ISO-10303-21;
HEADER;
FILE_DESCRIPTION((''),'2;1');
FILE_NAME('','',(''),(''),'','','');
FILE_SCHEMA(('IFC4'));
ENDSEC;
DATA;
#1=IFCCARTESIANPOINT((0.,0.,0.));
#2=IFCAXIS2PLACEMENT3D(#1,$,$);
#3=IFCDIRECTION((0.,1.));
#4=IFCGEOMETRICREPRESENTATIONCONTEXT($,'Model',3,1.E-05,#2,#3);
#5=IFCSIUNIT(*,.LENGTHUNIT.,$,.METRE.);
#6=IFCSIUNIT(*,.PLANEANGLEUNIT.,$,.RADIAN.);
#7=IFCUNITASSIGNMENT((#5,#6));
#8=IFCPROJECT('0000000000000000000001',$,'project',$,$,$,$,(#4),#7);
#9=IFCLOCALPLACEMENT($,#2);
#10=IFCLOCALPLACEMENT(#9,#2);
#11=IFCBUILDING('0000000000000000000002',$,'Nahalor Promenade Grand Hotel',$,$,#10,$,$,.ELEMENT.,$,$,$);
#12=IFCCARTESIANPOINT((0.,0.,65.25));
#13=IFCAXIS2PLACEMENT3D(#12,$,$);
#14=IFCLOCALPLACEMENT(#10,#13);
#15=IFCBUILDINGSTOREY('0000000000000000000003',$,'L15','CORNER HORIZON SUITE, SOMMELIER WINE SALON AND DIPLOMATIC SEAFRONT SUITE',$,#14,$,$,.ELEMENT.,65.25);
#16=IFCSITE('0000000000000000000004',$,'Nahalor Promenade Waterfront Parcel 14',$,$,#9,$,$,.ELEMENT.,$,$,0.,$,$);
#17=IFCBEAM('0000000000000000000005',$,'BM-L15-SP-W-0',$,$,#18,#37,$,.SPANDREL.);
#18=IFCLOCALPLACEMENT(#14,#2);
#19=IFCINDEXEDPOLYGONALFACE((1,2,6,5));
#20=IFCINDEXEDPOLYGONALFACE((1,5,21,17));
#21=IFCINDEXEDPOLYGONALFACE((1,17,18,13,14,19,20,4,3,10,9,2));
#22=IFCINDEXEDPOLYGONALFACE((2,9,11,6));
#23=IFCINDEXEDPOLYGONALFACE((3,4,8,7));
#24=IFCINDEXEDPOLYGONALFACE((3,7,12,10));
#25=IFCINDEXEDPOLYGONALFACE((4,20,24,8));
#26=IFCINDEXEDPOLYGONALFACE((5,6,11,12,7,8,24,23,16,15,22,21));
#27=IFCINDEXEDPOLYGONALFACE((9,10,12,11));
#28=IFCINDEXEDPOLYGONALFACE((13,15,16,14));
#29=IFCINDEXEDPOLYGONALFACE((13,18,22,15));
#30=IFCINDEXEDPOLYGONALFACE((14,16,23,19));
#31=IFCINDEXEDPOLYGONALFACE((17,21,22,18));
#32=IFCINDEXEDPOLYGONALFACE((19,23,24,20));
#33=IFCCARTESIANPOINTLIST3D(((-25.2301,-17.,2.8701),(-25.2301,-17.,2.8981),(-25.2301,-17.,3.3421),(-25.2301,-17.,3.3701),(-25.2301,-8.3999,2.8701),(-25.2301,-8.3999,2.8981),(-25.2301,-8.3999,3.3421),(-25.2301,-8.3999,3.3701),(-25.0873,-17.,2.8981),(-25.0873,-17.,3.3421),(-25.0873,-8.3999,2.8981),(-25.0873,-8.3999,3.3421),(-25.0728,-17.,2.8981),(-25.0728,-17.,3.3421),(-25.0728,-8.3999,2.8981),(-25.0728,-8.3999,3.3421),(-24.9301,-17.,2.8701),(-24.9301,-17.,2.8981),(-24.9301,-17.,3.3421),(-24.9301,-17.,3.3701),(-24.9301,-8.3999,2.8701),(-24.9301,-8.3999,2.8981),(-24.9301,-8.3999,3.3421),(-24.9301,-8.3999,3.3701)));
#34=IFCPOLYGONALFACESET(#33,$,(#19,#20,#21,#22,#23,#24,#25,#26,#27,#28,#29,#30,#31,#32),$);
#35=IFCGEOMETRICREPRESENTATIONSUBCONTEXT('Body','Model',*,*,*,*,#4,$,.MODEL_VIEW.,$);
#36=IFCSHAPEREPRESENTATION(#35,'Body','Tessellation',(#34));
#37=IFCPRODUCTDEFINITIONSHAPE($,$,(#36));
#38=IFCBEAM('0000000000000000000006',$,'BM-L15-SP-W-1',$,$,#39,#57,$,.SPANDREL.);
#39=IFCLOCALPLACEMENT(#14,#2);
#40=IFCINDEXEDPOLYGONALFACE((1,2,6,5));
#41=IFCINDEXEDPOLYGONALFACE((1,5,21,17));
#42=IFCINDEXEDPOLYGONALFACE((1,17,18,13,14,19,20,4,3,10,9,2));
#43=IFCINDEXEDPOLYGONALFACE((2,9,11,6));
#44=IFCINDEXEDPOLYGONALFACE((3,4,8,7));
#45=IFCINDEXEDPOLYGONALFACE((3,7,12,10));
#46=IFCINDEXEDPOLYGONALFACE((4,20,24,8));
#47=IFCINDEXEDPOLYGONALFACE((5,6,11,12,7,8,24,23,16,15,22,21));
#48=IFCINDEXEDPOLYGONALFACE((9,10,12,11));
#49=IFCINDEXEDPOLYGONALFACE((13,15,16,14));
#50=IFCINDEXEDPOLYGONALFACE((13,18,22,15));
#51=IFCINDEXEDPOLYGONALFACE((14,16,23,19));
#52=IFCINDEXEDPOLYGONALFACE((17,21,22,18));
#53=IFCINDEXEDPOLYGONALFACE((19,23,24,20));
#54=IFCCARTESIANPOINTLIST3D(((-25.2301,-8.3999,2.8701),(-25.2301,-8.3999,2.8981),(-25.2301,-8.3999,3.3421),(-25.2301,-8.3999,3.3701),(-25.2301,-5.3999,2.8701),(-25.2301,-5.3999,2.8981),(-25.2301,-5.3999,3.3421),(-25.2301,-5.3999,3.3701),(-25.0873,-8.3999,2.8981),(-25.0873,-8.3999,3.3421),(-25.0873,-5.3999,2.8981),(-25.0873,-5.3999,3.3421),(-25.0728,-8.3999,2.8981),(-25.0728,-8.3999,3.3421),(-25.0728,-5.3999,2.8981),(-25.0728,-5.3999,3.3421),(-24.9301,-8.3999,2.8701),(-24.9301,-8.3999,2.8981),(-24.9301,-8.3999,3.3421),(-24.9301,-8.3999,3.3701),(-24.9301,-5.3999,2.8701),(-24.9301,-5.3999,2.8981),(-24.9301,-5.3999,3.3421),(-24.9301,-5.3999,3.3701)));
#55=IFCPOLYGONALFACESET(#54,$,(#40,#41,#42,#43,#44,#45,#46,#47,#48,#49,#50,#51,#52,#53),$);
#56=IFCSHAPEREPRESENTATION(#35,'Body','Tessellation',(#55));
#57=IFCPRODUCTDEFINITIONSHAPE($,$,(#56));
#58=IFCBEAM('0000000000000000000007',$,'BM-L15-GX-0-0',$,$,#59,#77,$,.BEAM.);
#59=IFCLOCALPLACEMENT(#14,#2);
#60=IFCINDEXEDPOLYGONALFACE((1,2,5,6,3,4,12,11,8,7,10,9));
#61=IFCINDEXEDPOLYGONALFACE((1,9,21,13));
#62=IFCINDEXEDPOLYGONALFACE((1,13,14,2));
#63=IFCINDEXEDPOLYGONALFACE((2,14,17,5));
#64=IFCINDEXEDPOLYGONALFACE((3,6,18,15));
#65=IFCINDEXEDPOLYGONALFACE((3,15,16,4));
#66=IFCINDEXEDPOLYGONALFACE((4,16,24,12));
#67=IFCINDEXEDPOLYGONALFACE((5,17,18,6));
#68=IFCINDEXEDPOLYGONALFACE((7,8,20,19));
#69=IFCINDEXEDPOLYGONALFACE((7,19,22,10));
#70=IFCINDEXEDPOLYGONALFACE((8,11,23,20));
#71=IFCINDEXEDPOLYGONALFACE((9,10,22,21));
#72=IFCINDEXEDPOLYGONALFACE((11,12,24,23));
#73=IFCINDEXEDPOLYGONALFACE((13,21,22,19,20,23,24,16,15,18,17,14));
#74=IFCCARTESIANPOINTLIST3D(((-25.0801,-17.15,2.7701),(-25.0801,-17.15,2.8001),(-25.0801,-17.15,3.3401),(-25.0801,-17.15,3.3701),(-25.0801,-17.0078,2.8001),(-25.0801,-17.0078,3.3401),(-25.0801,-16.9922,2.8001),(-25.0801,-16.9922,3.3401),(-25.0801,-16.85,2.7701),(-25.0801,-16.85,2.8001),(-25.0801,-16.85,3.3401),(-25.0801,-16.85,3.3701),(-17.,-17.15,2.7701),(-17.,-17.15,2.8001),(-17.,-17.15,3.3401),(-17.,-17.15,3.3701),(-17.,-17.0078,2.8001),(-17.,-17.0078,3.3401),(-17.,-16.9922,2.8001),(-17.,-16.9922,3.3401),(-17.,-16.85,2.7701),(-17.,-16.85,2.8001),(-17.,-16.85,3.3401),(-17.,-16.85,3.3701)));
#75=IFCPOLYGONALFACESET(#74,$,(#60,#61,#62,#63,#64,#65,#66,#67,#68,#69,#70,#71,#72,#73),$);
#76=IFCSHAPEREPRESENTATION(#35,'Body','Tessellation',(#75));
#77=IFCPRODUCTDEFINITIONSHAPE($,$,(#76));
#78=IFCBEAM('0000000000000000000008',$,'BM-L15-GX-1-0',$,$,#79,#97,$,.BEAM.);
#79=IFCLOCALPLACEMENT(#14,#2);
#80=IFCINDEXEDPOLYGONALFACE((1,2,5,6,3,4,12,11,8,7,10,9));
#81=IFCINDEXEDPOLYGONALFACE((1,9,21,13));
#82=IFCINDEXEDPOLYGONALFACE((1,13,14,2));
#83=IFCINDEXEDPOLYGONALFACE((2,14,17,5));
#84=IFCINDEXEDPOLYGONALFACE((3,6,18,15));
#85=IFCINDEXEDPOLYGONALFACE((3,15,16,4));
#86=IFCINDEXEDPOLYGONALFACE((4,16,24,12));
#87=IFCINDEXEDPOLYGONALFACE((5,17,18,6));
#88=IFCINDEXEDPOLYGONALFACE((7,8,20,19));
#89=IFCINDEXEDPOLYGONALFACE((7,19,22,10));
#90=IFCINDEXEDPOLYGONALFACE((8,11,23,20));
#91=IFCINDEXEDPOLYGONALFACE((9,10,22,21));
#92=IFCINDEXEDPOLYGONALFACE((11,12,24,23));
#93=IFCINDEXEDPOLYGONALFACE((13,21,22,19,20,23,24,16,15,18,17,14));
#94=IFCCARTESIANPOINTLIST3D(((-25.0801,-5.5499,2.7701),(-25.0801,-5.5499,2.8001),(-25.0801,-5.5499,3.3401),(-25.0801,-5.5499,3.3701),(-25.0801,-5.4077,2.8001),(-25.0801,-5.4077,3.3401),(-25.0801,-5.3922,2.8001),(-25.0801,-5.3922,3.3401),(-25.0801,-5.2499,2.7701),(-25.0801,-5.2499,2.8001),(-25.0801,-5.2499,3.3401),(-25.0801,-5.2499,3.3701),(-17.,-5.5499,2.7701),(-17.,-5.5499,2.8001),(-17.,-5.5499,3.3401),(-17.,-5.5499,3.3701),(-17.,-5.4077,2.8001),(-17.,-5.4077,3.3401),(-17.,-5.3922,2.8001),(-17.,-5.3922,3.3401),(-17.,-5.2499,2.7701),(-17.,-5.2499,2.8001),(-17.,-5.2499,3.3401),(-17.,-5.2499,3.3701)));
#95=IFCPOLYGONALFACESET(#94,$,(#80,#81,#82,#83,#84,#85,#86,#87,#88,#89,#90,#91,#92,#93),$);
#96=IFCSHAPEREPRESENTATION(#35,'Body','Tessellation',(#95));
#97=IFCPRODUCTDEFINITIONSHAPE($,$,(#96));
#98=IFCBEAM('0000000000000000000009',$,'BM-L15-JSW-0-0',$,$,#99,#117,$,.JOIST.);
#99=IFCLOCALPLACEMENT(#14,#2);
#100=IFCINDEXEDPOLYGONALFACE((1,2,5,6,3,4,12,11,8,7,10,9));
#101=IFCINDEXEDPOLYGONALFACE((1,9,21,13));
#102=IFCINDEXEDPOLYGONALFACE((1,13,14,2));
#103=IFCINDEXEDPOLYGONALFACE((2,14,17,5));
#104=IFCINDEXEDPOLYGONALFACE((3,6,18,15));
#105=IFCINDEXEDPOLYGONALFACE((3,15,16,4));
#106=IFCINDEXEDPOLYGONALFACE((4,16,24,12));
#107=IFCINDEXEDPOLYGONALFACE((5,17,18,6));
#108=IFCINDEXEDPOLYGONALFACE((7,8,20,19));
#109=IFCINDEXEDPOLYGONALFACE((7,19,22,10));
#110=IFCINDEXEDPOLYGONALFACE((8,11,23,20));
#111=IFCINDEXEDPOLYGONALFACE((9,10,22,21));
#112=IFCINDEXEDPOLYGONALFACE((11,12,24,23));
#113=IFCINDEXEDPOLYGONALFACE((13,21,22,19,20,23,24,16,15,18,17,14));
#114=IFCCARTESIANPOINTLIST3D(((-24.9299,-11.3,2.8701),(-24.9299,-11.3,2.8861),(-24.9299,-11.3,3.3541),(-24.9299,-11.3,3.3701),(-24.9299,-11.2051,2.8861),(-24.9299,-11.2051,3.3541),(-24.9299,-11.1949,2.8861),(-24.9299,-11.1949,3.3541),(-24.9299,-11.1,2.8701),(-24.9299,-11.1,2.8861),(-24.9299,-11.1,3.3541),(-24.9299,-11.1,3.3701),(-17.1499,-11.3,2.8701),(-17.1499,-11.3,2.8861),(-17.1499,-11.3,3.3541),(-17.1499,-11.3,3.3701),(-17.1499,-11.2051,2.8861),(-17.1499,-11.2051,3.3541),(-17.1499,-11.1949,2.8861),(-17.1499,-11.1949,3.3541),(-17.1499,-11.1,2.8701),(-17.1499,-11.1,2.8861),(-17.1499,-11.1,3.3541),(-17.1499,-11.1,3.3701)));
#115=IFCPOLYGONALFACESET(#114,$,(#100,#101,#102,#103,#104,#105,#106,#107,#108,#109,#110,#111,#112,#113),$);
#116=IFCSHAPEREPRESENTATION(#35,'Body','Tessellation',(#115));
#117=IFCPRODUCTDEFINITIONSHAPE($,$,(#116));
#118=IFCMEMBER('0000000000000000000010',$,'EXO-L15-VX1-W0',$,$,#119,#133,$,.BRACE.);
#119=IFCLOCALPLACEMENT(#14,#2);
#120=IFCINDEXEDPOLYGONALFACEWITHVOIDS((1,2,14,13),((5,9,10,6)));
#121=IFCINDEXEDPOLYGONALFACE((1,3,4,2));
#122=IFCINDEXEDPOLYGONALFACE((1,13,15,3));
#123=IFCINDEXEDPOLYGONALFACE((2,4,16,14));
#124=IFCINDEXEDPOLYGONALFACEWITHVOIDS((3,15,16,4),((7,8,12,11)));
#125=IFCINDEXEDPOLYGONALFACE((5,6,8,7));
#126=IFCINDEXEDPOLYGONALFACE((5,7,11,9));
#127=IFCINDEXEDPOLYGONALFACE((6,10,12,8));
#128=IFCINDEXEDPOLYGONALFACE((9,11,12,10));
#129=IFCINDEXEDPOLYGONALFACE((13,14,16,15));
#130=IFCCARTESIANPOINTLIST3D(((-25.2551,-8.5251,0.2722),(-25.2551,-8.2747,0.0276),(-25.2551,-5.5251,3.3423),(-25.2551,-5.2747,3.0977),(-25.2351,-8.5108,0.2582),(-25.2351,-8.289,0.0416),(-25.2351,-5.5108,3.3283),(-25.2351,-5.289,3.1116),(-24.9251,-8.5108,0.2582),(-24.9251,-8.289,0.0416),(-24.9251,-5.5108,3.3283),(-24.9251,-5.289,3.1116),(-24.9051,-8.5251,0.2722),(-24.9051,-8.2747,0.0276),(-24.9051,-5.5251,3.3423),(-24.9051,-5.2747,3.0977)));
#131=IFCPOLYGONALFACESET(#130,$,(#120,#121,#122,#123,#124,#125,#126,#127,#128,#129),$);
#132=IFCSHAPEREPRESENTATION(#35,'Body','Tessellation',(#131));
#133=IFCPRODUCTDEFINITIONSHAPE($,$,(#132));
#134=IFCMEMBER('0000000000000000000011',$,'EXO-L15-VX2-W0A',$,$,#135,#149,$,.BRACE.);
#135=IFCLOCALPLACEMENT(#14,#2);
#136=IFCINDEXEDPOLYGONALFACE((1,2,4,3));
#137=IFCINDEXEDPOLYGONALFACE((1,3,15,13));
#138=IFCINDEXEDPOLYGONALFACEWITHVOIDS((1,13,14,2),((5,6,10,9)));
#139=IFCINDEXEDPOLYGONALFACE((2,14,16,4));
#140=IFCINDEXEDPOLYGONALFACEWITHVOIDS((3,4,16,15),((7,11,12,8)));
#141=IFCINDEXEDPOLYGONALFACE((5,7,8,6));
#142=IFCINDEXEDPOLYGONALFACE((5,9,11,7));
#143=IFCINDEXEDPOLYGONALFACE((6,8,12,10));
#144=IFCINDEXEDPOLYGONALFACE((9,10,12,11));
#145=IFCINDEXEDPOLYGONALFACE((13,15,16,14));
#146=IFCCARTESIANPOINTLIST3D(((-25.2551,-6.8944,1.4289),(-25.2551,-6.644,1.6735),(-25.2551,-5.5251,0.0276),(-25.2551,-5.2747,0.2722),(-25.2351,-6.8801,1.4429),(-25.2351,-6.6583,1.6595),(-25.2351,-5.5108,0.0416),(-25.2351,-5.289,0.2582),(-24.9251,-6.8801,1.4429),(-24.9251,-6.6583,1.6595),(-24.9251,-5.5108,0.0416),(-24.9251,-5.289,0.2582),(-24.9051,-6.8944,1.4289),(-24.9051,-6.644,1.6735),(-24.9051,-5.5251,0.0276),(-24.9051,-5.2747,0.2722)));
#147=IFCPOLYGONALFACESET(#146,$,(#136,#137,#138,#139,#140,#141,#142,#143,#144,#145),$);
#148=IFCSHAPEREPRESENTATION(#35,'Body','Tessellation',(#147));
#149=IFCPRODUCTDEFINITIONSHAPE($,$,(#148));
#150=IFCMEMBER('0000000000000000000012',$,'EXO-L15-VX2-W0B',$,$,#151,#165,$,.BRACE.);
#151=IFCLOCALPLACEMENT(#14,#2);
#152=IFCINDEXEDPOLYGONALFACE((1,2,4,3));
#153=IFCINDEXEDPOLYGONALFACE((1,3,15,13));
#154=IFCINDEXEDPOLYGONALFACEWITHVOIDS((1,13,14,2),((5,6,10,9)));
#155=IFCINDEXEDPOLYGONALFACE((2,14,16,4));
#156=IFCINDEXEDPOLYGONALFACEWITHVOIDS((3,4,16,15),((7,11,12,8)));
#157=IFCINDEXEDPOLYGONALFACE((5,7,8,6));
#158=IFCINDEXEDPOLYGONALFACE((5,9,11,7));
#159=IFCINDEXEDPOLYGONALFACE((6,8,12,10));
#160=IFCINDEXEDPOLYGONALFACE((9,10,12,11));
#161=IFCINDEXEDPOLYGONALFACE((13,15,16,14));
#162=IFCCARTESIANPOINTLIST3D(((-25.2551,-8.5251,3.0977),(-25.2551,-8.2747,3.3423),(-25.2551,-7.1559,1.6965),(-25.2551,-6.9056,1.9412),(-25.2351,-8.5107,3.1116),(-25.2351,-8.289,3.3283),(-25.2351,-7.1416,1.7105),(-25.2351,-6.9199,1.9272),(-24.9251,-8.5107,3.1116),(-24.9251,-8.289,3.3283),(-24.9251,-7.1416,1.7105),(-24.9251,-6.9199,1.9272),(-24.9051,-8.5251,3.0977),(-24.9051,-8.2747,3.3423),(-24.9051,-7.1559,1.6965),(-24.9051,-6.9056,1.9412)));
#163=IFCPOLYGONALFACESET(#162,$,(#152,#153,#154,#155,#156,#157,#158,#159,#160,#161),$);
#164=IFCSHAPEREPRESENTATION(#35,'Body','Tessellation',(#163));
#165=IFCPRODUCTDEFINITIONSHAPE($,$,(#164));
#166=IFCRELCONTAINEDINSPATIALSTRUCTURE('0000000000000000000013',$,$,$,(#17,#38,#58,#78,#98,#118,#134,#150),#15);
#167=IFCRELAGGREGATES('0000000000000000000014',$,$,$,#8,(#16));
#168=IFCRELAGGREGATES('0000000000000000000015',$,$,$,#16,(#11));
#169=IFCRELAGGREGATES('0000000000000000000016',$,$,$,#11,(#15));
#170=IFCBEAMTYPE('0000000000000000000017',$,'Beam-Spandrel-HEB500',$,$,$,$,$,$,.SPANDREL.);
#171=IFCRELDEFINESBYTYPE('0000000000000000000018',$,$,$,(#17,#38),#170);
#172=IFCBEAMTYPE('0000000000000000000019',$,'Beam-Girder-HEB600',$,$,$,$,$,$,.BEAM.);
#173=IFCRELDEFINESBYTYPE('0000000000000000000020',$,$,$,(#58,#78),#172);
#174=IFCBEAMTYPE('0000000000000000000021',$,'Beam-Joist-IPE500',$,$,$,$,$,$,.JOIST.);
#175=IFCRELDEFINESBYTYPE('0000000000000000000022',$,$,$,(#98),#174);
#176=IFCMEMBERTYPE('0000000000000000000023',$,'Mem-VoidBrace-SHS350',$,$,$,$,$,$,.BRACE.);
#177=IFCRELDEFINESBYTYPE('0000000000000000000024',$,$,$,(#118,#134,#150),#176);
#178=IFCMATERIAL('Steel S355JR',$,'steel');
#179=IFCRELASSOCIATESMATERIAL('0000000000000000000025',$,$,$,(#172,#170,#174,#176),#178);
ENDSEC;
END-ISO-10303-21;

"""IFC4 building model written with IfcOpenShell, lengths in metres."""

from ifc_helpers import new_model, si_unit, direction, frame, origin, origin_2d, place, context, subcontext, project, spatial, hollow_rectangle, i_section, extrude, source, transform, mapped, material, material_profile, profile_set, type_object, element, save


model = new_model("IFC4")

# Units and contexts
model_context = context("Model", 3, precision=1e-05, world=origin(), true_north=direction((0.0, 1.0)))
body_context = subcontext(model_context, "Body", "Model", "MODEL_VIEW")
ifc_project = project(units=[si_unit("LENGTHUNIT", "METRE"), si_unit("PLANEANGLEUNIT", "RADIAN")], contexts=[model_context])

# Site, building, storey
site_placement = place(None, origin())
site = spatial("IfcSite", under=ifc_project, at=site_placement, Name="Nahalor Promenade Waterfront Parcel 14", CompositionType="ELEMENT", RefElevation=0.0)
building_placement = place(site_placement, origin())
building = spatial("IfcBuilding", under=site, at=building_placement, Name="Nahalor Promenade Grand Hotel", CompositionType="ELEMENT")
storey_placement = place(building_placement, frame((0.0, 0.0, 65.25)))
storey = spatial("IfcBuildingStorey", under=building, at=storey_placement, Name="L15", Description="CORNER HORIZON SUITE, SOMMELIER WINE SALON AND DIPLOMATIC SEAFRONT SUITE", CompositionType="ELEMENT", Elevation=65.25)

# Beams
ifc_material_1 = material(Name="Steel S355JR", Category="steel")
ifc_material_profile_1 = material_profile(ifc_material_1, i_section(OverallWidth=0.3, OverallDepth=0.6, WebThickness=0.0155, FlangeThickness=0.03, at=origin_2d()), Name="HEB 600")
ifc_profile_set_1 = profile_set([ifc_material_profile_1], Name="Steel S355JR")
beam_type_1 = type_object("IfcBeamType", Name="Beam-Girder-HEB600", PredefinedType="BEAM", material=ifc_profile_set_1)
ifc_material_profile_2 = material_profile(ifc_material_1, i_section(OverallWidth=0.3, OverallDepth=0.5, WebThickness=0.0145, FlangeThickness=0.028, at=origin_2d()), Name="HEB 500")
ifc_profile_set_2 = profile_set([ifc_material_profile_2], Name="Steel S355JR")
beam_type_2 = type_object("IfcBeamType", Name="Beam-Spandrel-HEB500", PredefinedType="SPANDREL", material=ifc_profile_set_2)
shared_shape_1 = source(origin(), body_context, "Body", "SweptSolid", [
    extrude(i_section(OverallWidth=0.3, OverallDepth=0.5, WebThickness=0.0145, FlangeThickness=0.028, at=origin_2d()), origin(), (0.0, 0.0, 1.0), 8.6001),
])
beam_1_placement = place(storey_placement, frame((-25.0801, -17.0, 3.1201), z_axis=(0.0, 1.0, 0.0), x_axis=(-1.0, 0.0, 0.0)))
element("IfcBeam", 1, at=beam_1_placement, inside=storey, type_object=beam_type_2, Name="BM-L15-SP-W-0", PredefinedType="SPANDREL", context=body_context, shape_type="MappedRepresentation", body=[
    mapped(shared_shape_1, transform((0.0, 0.0, 0.0), scale=1.0)),
])
shared_shape_2 = source(origin(), body_context, "Body", "SweptSolid", [
    extrude(i_section(OverallWidth=0.3, OverallDepth=0.5, WebThickness=0.0145, FlangeThickness=0.028, at=origin_2d()), origin(), (0.0, 0.0, 1.0), 3.0),
])
beam_2_placement = place(storey_placement, frame((-25.0801, -8.3999, 3.1201), z_axis=(0.0, 1.0, 0.0), x_axis=(-1.0, 0.0, 0.0)))
element("IfcBeam", 2, at=beam_2_placement, inside=storey, type_object=beam_type_2, Name="BM-L15-SP-W-1", PredefinedType="SPANDREL", context=body_context, shape_type="MappedRepresentation", body=[
    mapped(shared_shape_2, transform((0.0, 0.0, 0.0), scale=1.0)),
])
shared_shape_3 = source(origin(), body_context, "Body", "SweptSolid", [
    extrude(i_section(OverallWidth=0.3, OverallDepth=0.6, WebThickness=0.0155, FlangeThickness=0.03, at=origin_2d()), origin(), (0.0, 0.0, 1.0), 8.0801),
])
for number, where, z_axis, x_axis, name in (
    (3, (-25.0801, -17.0, 3.0701), (1.0, 0.0, 0.0), (0.0, 1.0, 0.0), "BM-L15-GX-0-0"),
    (4, (-25.0801, -5.3999, 3.0701), (1.0, 0.0, 0.0), (0.0, 1.0, 0.0), "BM-L15-GX-1-0"),
):
    element("IfcBeam", number, at=place(storey_placement, frame(where, z_axis=z_axis, x_axis=x_axis)), inside=storey, type_object=beam_type_1, Name=name, PredefinedType="BEAM", context=body_context, shape_type="MappedRepresentation", body=[
        mapped(shared_shape_3, transform((0.0, 0.0, 0.0), scale=1.0)),
    ])
ifc_material_profile_3 = material_profile(ifc_material_1, i_section(OverallWidth=0.2, OverallDepth=0.5, WebThickness=0.0102, FlangeThickness=0.016, at=origin_2d()), Name="IPE 500")
ifc_profile_set_3 = profile_set([ifc_material_profile_3], Name="Steel S355JR")
beam_type_3 = type_object("IfcBeamType", Name="Beam-Joist-IPE500", PredefinedType="JOIST", material=ifc_profile_set_3)
shared_shape_4 = source(origin(), body_context, "Body", "SweptSolid", [
    extrude(i_section(OverallWidth=0.2, OverallDepth=0.5, WebThickness=0.0102, FlangeThickness=0.016, at=origin_2d()), origin(), (0.0, 0.0, 1.0), 7.78),
])
beam_3_placement = place(storey_placement, frame((-24.9299, -11.2, 3.1201), z_axis=(1.0, 0.0, 0.0), x_axis=(0.0, 1.0, 0.0)))
element("IfcBeam", 5, at=beam_3_placement, inside=storey, type_object=beam_type_3, Name="BM-L15-JSW-0-0", PredefinedType="JOIST", context=body_context, shape_type="MappedRepresentation", body=[
    mapped(shared_shape_4, transform((0.0, 0.0, 0.0), scale=1.0)),
])

# Members
ifc_material_profile_4 = material_profile(ifc_material_1, hollow_rectangle(XDim=0.35, YDim=0.35, WallThickness=0.02, at=origin_2d()), Name="SHS 350x350x20")
ifc_profile_set_4 = profile_set([ifc_material_profile_4], Name="Steel S355JR")
member_type_1 = type_object("IfcMemberType", Name="Mem-VoidBrace-SHS350", PredefinedType="BRACE", material=ifc_profile_set_4)
shared_shape_5 = source(origin(), body_context, "Body", "SweptSolid", [
    extrude(hollow_rectangle(XDim=0.35, YDim=0.35, WallThickness=0.02, at=origin_2d()), origin(), (0.0, 0.0, 1.0), 4.2925),
])
member_1_placement = place(storey_placement, frame((-25.0801, -8.3999, 0.1499), z_axis=(0.0, 0.698898, 0.715221), x_axis=(-1.0, 0.0, 0.0)))
element("IfcMember", 6, at=member_1_placement, inside=storey, type_object=member_type_1, Name="EXO-L15-VX1-W0", PredefinedType="BRACE", context=body_context, shape_type="MappedRepresentation", body=[
    mapped(shared_shape_5, transform((0.0, 0.0, 0.0), scale=1.0)),
])
shared_shape_6 = source(origin(), body_context, "Body", "SweptSolid", [
    extrude(hollow_rectangle(XDim=0.35, YDim=0.35, WallThickness=0.02, at=origin_2d()), origin(), (0.0, 0.0, 1.0), 1.9592),
])
member_2_placement = place(storey_placement, frame((-25.0801, -5.3999, 0.1499), z_axis=(0.0, -0.698898, 0.715221), x_axis=(1.0, 0.0, 0.0)))
element("IfcMember", 7, at=member_2_placement, inside=storey, type_object=member_type_1, Name="EXO-L15-VX2-W0A", PredefinedType="BRACE", context=body_context, shape_type="MappedRepresentation", body=[
    mapped(shared_shape_6, transform((0.0, 0.0, 0.0), scale=1.0)),
])
shared_shape_7 = source(origin(), body_context, "Body", "SweptSolid", [
    extrude(hollow_rectangle(XDim=0.35, YDim=0.35, WallThickness=0.02, at=origin_2d()), origin(), (0.0, 0.0, 1.0), 1.959),
])
member_3_placement = place(storey_placement, frame((-25.0801, -7.0308, 1.8188), z_axis=(0.0, -0.698897, 0.715223), x_axis=(1.0, 0.0, 0.0)))
element("IfcMember", 8, at=member_3_placement, inside=storey, type_object=member_type_1, Name="EXO-L15-VX2-W0B", PredefinedType="BRACE", context=body_context, shape_type="MappedRepresentation", body=[
    mapped(shared_shape_7, transform((0.0, 0.0, 0.0), scale=1.0)),
])

save(model, "model.ifc")
